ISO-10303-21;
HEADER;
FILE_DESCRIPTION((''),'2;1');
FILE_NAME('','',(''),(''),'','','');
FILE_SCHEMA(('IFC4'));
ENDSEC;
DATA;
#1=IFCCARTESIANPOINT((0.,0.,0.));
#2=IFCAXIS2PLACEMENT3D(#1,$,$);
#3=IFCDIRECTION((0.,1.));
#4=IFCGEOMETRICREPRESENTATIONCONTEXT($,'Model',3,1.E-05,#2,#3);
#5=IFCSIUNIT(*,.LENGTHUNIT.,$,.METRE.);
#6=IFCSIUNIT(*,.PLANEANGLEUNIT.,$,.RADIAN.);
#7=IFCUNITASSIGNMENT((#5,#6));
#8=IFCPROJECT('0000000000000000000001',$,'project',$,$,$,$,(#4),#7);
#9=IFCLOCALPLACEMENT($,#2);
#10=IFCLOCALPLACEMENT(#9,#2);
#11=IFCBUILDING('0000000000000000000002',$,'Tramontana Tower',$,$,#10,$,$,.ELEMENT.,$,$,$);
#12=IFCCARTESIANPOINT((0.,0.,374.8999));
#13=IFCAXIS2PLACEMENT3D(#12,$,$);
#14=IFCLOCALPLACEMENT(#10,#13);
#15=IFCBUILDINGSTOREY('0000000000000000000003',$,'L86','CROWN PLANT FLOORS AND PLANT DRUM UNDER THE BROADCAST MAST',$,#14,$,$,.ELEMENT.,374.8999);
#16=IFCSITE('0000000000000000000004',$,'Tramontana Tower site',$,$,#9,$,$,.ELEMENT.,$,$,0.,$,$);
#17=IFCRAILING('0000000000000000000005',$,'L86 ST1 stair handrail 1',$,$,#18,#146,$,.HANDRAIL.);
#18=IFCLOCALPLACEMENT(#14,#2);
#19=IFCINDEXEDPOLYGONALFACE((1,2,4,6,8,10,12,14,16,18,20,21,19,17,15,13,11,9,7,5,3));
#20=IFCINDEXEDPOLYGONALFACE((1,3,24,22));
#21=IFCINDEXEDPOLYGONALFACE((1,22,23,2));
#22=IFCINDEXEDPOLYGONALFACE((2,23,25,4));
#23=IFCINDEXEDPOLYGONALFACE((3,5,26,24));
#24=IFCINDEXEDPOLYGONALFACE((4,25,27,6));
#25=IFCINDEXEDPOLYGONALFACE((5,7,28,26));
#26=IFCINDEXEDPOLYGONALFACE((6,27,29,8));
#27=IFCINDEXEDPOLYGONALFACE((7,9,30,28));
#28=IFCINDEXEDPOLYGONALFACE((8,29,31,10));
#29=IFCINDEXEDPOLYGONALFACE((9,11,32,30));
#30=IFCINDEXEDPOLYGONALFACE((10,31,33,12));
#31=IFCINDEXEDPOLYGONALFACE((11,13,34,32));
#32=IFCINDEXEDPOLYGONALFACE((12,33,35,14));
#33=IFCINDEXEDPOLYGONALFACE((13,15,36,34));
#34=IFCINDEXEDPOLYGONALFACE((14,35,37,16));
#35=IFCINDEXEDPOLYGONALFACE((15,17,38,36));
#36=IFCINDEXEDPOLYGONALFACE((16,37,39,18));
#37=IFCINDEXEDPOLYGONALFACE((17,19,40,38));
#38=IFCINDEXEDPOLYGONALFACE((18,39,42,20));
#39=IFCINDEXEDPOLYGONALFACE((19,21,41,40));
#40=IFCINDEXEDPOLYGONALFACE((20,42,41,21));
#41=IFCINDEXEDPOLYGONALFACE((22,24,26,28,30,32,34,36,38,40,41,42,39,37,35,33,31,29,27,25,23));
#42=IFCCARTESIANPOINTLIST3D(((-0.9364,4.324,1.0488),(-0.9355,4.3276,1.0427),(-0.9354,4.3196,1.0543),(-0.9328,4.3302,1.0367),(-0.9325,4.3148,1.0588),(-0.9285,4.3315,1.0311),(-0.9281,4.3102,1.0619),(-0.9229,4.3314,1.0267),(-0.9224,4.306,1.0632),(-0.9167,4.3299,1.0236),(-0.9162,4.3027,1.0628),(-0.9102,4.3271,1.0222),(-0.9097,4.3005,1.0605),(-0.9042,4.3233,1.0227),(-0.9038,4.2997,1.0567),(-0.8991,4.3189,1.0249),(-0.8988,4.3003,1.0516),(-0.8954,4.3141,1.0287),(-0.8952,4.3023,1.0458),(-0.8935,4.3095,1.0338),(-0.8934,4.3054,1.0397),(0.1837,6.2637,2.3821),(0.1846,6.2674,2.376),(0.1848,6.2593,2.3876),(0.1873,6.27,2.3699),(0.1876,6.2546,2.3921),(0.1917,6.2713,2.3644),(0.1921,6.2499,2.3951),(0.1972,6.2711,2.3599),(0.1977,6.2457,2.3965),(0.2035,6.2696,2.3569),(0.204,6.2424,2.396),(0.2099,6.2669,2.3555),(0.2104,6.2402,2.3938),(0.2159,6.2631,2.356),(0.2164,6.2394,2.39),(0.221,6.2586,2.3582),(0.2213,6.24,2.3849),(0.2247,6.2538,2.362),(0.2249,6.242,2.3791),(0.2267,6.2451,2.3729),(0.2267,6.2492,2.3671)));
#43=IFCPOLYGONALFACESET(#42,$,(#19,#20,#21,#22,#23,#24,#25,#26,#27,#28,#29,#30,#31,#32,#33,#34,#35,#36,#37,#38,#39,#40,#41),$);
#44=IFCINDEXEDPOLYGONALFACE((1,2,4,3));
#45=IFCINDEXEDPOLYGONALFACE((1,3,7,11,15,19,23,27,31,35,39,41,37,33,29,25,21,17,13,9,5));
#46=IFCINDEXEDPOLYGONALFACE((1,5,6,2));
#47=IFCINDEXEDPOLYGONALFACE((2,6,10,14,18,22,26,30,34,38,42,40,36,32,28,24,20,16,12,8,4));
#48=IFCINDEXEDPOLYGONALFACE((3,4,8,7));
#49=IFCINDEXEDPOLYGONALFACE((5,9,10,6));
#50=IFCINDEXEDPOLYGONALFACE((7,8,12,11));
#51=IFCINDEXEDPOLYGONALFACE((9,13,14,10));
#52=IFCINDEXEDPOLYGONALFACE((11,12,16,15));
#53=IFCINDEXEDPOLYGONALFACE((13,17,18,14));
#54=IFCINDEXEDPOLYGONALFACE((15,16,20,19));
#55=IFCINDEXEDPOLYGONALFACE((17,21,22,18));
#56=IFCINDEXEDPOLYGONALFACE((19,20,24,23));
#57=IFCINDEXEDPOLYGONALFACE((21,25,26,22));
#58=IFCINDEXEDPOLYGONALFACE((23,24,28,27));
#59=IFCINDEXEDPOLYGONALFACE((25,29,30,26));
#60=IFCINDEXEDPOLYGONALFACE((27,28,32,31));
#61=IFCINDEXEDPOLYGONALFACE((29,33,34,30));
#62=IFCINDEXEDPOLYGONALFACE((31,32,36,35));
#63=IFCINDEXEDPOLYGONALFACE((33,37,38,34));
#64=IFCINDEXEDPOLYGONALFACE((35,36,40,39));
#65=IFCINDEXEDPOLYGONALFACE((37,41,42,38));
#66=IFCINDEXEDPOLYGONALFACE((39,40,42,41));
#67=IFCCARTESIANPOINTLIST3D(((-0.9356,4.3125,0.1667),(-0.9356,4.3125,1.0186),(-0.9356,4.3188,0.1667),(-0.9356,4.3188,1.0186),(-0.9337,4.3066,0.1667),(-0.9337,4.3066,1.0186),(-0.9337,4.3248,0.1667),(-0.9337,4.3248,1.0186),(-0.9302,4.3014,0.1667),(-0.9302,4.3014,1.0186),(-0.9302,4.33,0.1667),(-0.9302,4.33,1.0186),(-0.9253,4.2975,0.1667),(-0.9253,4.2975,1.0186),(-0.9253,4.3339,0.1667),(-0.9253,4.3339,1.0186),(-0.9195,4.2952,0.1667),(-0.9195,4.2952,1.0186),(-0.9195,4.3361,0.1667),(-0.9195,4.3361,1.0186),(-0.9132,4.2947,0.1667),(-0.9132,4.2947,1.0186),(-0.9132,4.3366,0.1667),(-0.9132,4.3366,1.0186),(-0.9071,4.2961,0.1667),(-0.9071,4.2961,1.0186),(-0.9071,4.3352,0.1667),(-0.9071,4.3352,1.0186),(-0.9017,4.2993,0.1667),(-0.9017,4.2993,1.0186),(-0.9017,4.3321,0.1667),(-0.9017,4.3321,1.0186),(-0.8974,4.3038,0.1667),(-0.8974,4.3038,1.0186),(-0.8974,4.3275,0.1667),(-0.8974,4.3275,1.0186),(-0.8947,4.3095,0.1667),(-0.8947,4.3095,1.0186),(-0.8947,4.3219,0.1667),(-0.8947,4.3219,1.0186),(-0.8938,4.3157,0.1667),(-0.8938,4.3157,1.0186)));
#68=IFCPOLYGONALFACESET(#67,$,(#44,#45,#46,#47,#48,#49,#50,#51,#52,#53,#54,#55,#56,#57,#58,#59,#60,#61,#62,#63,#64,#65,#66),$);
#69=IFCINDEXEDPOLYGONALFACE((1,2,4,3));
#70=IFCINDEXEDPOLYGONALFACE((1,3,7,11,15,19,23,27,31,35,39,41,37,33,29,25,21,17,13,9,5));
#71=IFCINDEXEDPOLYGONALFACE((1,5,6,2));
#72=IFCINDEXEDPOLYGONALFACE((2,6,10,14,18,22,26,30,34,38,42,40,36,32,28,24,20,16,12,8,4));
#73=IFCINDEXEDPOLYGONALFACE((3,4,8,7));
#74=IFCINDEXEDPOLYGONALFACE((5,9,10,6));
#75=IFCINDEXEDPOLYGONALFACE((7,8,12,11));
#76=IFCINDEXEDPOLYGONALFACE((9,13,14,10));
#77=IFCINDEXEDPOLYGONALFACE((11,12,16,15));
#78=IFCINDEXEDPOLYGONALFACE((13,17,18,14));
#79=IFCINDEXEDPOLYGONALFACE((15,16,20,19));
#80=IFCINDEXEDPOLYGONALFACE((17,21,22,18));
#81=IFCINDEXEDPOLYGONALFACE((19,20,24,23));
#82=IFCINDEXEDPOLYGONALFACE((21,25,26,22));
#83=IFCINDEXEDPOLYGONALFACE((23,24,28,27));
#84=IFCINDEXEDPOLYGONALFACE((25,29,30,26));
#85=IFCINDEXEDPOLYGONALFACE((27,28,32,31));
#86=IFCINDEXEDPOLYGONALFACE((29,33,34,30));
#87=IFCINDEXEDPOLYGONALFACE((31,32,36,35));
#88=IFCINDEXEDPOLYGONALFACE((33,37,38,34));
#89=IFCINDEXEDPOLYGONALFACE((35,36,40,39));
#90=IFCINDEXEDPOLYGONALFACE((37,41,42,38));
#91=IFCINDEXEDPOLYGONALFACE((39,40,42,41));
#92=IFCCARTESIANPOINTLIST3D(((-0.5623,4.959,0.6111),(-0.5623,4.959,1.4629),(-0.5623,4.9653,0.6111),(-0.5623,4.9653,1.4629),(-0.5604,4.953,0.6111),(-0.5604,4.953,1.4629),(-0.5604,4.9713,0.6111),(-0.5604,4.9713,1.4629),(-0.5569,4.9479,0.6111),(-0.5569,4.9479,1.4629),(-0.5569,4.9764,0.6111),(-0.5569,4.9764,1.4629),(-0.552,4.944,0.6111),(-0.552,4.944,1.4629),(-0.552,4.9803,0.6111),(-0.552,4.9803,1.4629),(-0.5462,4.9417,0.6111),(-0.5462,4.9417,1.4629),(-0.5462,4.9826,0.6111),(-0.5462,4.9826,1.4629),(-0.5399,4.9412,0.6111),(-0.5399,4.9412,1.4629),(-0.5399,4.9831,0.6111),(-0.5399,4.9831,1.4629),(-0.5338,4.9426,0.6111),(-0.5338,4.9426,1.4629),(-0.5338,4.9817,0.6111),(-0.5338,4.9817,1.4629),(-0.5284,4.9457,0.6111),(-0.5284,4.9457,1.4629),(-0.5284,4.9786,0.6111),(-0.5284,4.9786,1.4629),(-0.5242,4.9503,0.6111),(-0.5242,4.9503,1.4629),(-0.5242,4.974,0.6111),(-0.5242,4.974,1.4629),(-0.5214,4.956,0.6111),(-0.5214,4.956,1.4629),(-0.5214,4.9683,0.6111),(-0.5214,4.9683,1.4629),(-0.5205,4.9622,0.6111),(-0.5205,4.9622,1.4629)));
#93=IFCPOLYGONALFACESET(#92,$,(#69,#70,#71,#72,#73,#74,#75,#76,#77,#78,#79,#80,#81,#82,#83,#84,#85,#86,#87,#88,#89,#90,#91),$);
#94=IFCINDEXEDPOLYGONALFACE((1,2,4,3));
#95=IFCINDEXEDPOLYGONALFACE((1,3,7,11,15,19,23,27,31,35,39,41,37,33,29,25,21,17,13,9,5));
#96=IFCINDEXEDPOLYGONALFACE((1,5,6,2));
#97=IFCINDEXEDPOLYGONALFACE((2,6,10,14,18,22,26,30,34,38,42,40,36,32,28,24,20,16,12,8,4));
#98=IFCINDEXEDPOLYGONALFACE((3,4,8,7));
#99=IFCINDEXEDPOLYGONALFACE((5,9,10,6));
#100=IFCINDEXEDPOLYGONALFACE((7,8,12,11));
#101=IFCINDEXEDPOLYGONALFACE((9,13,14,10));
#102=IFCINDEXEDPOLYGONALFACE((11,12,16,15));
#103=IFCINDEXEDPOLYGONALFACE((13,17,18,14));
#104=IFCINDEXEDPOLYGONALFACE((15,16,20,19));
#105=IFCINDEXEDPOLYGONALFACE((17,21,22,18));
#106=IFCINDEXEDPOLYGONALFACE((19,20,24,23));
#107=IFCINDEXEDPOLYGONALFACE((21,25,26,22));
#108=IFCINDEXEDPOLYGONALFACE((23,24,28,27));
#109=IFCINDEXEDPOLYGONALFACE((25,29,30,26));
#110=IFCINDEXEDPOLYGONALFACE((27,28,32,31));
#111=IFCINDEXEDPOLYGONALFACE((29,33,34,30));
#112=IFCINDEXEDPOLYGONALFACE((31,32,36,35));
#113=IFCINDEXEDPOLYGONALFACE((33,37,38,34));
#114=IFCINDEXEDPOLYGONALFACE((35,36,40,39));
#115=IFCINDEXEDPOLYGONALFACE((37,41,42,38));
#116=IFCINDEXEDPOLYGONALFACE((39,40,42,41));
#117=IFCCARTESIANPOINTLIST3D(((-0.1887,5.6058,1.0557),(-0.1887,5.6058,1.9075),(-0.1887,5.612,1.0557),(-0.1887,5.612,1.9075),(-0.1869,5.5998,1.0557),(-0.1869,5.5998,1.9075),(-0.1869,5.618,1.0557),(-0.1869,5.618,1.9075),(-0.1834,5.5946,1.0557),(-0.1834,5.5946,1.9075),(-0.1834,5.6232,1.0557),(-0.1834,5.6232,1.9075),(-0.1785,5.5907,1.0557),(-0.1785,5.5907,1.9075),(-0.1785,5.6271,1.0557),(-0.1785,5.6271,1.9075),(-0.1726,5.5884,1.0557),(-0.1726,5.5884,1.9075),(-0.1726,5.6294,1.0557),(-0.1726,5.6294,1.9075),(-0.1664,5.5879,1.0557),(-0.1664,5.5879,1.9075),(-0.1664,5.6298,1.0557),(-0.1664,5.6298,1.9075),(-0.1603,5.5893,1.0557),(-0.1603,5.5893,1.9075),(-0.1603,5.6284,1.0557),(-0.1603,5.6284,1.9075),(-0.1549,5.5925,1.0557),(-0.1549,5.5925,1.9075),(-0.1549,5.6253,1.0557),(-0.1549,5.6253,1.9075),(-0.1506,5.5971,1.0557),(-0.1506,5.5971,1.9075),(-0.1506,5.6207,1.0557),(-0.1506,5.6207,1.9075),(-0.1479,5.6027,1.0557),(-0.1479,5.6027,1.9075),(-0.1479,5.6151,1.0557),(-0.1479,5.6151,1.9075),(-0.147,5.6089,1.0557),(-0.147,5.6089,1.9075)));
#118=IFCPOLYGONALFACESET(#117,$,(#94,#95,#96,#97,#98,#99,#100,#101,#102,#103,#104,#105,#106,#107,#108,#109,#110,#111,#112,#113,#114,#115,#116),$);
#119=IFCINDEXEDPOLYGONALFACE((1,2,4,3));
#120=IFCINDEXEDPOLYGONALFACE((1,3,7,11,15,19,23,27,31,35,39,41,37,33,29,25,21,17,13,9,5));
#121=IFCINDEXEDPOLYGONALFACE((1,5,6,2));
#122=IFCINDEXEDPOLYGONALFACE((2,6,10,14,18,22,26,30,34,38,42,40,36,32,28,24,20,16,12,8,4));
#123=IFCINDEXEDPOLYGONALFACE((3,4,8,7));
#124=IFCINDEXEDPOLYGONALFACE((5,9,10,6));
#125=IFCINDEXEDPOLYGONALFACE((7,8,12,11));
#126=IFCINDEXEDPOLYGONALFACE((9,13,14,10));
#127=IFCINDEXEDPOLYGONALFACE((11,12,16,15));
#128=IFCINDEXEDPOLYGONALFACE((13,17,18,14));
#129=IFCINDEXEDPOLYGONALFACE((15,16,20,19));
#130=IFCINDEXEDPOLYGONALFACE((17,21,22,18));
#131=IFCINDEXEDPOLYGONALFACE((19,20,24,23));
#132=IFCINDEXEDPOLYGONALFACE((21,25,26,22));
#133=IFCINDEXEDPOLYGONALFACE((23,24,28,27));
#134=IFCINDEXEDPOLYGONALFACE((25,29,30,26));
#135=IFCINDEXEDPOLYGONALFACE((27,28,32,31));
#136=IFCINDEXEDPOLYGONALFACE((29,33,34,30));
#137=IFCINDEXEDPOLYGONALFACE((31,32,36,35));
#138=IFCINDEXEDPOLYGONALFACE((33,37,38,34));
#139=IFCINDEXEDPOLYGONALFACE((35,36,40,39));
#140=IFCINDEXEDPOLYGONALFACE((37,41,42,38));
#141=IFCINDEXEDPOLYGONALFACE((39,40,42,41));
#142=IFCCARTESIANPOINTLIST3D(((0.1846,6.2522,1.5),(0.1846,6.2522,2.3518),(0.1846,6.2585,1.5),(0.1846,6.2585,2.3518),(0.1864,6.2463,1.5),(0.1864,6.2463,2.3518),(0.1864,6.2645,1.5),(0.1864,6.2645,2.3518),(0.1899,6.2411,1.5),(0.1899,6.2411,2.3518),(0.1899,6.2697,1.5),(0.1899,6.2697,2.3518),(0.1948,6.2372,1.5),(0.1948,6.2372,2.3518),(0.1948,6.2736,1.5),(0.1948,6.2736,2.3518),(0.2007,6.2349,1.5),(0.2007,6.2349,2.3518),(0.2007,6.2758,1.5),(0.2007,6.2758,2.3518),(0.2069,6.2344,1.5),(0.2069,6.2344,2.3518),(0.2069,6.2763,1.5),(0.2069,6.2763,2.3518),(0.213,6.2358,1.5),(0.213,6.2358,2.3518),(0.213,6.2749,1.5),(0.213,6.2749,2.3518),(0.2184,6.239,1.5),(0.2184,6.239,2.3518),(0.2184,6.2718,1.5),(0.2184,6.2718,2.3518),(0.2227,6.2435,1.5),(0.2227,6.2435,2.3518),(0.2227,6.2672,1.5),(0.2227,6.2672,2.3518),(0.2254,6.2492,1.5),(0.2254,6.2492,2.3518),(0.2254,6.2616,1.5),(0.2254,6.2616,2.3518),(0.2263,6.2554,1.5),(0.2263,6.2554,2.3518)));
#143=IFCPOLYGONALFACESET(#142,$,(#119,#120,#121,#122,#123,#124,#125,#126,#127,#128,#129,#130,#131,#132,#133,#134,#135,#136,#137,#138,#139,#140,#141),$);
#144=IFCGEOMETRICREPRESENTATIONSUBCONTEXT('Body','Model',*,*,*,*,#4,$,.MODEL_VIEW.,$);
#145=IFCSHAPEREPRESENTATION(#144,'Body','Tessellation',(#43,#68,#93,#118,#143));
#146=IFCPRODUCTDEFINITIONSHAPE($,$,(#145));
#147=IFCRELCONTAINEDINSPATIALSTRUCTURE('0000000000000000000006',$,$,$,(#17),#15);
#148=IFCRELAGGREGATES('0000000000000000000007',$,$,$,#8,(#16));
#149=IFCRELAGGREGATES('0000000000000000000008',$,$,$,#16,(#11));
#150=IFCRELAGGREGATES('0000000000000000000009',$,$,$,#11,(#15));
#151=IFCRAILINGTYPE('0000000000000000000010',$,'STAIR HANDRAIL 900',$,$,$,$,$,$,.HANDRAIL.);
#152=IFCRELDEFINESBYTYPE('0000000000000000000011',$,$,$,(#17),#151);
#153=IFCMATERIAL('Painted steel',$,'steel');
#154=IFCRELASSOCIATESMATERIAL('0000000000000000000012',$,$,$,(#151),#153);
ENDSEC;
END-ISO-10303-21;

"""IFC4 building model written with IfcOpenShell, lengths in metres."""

from ifc_helpers import new_model, si_unit, direction, frame, origin, origin_2d, place, context, subcontext, project, spatial, circle, extrude, material, type_object, element, save


model = new_model("IFC4")

# Units and contexts
model_context = context("Model", 3, precision=1e-05, world=origin(), true_north=direction((0.0, 1.0)))
body_context = subcontext(model_context, "Body", "Model", "MODEL_VIEW")
ifc_project = project(units=[si_unit("LENGTHUNIT", "METRE"), si_unit("PLANEANGLEUNIT", "RADIAN")], contexts=[model_context])

# Site, building, storey
site_placement = place(None, origin())
site = spatial("IfcSite", under=ifc_project, at=site_placement, Name="Tramontana Tower site", CompositionType="ELEMENT", RefElevation=0.0)
building_placement = place(site_placement, origin())
building = spatial("IfcBuilding", under=site, at=building_placement, Name="Tramontana Tower", CompositionType="ELEMENT")
storey_placement = place(building_placement, frame((0.0, 0.0, 374.8999)))
storey = spatial("IfcBuildingStorey", under=building, at=storey_placement, Name="L86", Description="CROWN PLANT FLOORS AND PLANT DRUM UNDER THE BROADCAST MAST", CompositionType="ELEMENT", Elevation=374.8999)

# Railing
ifc_material_1 = material(Name="Painted steel", Category="steel")
railing_type_1 = type_object("IfcRailingType", Name="STAIR HANDRAIL 900", PredefinedType="HANDRAIL", material=ifc_material_1)
railing_1_placement = place(storey_placement, frame((-0.9148, 4.3157, 0.1667)))
element("IfcRailing", 1, at=railing_1_placement, inside=storey, type_object=railing_type_1, Name="L86 ST1 stair handrail 1", PredefinedType="HANDRAIL", context=body_context, shape_type="SweptSolid", body=[
    extrude(circle(Radius=0.0239, at=origin_2d()), frame((0.0, 0.0, 0.876), z_axis=(0.429714, 0.744133, 0.51148), x_axis=(-0.86598, 0.500078, 0.0)), (0.0, 0.0, 1.0), 2.6067),
    extrude(circle(Radius=0.021, at=origin_2d()), origin(), (0.0, 0.0, 1.0), 0.8518),
    extrude(circle(Radius=0.021, at=origin_2d()), frame((0.3733, 0.6465, 0.4443)), (0.0, 0.0, 1.0), 0.8518),
    extrude(circle(Radius=0.021, at=origin_2d()), frame((0.7468, 1.2932, 0.8889)), (0.0, 0.0, 1.0), 0.8518),
    extrude(circle(Radius=0.021, at=origin_2d()), frame((1.1201, 1.9397, 1.3333)), (0.0, 0.0, 1.0), 0.8518),
])

save(model, "model.ifc")
